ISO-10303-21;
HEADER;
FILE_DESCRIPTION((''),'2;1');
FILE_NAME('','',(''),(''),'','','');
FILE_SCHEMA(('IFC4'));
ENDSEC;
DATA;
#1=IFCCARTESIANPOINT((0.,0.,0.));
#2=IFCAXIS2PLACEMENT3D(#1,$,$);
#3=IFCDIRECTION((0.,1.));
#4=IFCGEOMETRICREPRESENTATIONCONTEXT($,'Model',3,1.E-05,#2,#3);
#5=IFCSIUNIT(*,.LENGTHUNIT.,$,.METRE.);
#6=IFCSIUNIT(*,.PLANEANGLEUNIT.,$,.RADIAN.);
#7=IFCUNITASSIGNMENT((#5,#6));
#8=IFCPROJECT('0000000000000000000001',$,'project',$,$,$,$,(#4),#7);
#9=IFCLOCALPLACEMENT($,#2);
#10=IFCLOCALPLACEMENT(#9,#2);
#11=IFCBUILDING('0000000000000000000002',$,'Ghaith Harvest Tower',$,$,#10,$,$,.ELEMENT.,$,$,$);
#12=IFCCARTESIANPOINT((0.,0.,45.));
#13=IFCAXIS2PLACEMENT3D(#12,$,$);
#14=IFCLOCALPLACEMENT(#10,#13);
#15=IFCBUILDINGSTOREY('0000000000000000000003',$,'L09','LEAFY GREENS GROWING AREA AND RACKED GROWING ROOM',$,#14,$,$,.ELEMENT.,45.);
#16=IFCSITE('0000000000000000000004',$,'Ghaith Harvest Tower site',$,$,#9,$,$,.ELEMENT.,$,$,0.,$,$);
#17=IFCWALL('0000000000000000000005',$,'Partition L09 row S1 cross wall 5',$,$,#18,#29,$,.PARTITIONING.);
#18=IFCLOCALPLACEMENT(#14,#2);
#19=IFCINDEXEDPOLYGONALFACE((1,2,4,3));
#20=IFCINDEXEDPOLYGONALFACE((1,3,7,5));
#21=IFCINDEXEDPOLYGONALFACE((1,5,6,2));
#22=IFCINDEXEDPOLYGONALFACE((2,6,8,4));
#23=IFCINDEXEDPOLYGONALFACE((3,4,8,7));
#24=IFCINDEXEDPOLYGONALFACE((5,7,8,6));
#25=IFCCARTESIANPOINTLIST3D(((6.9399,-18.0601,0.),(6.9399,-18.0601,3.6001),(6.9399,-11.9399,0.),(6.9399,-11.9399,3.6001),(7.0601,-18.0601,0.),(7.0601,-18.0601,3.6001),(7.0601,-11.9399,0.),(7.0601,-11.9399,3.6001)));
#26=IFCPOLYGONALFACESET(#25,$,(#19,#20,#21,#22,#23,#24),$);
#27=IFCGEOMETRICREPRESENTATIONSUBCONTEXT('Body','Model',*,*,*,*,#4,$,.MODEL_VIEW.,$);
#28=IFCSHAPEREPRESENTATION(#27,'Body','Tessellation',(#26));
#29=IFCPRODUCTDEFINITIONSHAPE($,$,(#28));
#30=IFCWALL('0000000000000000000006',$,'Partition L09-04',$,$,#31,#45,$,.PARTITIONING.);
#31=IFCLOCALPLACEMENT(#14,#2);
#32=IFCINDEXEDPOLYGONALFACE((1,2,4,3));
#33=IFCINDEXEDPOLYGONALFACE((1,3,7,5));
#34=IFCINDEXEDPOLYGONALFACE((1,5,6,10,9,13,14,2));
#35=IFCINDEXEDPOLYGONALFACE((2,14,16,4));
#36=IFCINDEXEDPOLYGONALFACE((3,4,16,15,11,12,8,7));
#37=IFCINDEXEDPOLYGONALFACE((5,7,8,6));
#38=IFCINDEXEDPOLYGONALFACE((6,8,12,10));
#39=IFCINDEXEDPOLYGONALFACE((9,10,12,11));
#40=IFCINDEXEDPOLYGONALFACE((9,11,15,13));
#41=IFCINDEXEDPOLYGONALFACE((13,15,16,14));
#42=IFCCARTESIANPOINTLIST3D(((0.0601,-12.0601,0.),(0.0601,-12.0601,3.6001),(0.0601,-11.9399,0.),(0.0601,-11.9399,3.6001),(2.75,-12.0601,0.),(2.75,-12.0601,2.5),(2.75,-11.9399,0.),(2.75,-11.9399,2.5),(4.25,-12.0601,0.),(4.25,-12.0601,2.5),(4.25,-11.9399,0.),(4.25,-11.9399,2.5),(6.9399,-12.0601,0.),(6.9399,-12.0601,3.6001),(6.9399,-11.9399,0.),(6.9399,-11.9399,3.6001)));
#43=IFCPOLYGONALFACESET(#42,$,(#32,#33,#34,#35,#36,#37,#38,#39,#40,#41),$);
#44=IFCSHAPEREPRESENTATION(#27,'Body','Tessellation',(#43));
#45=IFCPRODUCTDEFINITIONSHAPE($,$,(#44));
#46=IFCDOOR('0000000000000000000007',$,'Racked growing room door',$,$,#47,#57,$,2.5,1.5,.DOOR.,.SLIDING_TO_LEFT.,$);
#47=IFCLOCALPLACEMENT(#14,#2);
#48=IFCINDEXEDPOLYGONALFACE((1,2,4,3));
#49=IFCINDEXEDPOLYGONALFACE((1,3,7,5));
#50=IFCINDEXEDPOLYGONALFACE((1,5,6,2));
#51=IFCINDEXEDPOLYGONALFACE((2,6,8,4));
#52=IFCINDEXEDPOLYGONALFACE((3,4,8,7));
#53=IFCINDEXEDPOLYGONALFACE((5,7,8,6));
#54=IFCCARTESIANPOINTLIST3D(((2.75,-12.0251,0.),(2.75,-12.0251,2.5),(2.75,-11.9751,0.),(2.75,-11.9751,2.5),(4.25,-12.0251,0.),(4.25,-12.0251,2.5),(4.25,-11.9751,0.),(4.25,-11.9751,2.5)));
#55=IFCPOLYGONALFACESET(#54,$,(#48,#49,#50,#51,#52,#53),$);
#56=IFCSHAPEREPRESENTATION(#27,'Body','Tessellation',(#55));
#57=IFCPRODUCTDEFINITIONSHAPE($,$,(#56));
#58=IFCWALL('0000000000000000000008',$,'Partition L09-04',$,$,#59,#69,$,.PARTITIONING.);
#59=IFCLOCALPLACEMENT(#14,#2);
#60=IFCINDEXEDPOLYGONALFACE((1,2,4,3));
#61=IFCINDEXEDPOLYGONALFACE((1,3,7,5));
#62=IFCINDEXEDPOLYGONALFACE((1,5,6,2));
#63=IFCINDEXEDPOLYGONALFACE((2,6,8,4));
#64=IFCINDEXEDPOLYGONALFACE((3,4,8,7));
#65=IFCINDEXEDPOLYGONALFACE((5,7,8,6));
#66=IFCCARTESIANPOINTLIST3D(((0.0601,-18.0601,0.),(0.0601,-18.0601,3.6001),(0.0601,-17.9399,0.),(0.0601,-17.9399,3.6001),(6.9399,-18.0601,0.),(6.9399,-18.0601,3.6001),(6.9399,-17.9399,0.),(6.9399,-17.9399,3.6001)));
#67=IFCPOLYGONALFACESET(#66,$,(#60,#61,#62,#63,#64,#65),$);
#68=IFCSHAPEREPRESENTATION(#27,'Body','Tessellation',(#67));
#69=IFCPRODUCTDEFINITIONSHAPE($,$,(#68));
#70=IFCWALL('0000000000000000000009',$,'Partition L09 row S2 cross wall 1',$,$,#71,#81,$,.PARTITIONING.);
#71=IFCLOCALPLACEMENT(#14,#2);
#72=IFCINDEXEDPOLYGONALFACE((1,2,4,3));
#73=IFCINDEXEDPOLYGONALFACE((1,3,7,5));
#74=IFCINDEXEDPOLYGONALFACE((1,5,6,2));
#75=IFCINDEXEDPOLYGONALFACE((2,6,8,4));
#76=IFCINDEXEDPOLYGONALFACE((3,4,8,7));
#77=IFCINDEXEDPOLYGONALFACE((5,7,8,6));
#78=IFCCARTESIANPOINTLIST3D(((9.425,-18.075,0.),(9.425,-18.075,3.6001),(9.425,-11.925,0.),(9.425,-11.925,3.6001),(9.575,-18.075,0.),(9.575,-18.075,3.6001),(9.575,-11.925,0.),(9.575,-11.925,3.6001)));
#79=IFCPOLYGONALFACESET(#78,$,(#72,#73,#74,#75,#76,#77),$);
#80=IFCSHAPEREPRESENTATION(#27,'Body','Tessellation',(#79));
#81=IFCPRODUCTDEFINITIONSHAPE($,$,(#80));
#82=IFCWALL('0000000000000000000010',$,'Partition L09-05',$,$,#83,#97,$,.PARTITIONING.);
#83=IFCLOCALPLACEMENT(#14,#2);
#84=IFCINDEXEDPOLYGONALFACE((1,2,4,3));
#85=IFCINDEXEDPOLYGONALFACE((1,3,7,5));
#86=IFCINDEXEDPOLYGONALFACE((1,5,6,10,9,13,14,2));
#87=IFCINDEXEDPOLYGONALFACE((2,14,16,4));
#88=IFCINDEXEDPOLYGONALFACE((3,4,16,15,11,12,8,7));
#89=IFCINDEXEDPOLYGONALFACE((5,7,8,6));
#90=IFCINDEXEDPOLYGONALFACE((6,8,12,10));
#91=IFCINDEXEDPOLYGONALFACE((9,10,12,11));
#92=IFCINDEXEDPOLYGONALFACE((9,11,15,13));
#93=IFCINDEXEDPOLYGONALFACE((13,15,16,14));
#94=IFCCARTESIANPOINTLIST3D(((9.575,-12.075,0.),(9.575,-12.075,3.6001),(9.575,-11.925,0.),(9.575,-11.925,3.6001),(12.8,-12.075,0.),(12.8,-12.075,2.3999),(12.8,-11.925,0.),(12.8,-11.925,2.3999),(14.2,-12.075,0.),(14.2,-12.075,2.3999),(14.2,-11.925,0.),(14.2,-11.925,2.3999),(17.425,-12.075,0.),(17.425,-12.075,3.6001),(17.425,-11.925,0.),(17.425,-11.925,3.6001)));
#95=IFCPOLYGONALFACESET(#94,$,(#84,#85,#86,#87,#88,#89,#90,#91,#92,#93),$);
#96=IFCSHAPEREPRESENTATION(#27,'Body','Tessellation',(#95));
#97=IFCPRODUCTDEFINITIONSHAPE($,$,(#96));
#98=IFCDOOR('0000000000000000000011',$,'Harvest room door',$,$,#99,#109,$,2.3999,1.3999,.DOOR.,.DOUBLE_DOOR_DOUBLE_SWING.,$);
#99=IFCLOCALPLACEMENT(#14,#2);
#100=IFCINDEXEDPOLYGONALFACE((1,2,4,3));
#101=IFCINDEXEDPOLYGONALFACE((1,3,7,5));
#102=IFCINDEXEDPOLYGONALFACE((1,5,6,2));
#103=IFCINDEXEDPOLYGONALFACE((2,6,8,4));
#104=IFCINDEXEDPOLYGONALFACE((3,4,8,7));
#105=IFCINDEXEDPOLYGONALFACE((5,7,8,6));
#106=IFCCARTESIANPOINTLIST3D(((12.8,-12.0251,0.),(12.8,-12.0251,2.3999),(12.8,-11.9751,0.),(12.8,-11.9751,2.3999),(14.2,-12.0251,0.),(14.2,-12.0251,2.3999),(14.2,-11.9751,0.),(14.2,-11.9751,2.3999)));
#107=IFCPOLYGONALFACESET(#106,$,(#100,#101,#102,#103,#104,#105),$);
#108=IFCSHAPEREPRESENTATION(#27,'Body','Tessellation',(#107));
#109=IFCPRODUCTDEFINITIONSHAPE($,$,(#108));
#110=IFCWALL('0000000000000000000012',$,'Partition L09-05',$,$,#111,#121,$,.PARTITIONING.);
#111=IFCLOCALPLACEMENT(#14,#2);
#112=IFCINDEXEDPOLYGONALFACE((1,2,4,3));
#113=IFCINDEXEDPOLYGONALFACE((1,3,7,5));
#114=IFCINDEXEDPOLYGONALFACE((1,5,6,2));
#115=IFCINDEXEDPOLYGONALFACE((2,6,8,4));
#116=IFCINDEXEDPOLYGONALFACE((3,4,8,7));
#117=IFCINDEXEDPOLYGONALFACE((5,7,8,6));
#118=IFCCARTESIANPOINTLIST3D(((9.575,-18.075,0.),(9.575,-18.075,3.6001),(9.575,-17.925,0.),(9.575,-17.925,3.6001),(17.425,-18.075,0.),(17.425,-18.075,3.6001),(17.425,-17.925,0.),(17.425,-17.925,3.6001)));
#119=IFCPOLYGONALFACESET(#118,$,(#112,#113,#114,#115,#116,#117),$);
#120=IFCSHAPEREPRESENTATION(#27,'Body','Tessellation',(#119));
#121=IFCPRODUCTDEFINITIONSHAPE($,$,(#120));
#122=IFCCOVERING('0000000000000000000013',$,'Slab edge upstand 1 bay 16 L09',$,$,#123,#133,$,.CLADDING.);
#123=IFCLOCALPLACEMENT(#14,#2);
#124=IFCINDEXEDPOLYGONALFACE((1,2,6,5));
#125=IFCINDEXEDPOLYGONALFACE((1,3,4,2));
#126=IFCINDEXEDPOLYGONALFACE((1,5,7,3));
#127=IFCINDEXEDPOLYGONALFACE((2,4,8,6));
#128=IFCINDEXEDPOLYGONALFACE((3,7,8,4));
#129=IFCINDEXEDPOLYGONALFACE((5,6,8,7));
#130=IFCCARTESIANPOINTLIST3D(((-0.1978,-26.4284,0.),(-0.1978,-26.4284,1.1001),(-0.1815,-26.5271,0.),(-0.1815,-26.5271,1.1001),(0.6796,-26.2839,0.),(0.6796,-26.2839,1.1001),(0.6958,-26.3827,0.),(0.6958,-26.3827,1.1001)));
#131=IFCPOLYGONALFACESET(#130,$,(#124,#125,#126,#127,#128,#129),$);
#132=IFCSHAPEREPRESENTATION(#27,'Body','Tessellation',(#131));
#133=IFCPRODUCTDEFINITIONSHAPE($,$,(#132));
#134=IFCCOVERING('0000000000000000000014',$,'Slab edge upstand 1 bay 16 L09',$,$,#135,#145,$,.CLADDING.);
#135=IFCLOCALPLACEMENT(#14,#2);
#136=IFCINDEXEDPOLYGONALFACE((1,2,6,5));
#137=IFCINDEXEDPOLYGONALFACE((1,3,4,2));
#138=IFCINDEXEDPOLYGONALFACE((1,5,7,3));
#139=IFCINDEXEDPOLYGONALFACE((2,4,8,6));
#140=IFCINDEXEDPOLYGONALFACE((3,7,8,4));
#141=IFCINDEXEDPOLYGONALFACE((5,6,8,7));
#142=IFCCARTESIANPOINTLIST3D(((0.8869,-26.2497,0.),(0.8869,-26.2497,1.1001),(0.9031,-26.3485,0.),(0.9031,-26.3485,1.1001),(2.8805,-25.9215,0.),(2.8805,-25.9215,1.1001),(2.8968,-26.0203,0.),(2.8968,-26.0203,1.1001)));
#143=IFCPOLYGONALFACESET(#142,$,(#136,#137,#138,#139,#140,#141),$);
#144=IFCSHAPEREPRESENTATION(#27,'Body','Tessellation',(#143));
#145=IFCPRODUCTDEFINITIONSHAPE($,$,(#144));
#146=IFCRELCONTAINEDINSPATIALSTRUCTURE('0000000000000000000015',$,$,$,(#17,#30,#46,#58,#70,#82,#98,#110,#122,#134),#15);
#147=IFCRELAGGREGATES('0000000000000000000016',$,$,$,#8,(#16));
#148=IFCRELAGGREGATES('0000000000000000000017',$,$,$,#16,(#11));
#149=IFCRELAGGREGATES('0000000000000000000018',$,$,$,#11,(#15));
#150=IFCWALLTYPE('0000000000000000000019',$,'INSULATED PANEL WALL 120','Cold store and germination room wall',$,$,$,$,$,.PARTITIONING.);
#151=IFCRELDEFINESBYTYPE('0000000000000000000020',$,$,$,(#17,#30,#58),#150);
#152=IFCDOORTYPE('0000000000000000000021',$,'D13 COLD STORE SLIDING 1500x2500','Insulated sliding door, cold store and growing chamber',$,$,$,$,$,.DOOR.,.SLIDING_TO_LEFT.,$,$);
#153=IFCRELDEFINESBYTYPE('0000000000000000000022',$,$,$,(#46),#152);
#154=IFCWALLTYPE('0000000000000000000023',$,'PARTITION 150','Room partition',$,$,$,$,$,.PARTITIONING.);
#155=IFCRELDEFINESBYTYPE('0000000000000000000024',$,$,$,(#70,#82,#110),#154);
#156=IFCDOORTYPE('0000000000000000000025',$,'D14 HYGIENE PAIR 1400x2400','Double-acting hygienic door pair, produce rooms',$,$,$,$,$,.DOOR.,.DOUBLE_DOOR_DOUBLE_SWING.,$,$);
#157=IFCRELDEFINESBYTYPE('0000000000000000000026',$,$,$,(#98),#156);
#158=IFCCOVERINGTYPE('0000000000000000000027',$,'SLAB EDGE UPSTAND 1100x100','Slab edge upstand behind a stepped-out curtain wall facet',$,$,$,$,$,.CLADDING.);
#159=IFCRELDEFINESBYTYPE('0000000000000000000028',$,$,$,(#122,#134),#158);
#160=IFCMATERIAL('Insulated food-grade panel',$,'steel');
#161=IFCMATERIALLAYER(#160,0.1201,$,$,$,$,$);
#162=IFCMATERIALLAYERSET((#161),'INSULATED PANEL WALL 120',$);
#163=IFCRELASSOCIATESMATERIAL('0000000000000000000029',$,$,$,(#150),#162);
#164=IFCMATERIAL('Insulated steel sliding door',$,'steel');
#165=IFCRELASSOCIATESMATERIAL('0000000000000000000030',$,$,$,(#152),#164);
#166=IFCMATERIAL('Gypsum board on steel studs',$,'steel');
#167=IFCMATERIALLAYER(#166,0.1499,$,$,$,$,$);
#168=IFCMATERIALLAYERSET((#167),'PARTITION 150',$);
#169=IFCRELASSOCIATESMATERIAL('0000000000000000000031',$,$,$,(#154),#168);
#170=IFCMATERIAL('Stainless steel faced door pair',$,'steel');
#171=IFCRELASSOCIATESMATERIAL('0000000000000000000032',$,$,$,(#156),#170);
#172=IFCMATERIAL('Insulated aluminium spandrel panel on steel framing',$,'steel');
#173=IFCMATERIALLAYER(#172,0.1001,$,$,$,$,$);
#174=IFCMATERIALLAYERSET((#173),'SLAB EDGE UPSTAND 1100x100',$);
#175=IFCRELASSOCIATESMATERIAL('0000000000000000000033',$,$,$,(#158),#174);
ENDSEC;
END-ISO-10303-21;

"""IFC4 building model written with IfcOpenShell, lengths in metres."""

from ifc_helpers import new_model, si_unit, direction, frame, frame_2d, origin, origin_2d, place, context, subcontext, project, spatial, rectangle, extrude, material, layer, layer_set, type_object, element, fill, save


model = new_model("IFC4")

# Units and contexts
model_context = context("Model", 3, precision=1e-05, world=origin(), true_north=direction((0.0, 1.0)))
body_context = subcontext(model_context, "Body", "Model", "MODEL_VIEW")
ifc_project = project(units=[si_unit("LENGTHUNIT", "METRE"), si_unit("PLANEANGLEUNIT", "RADIAN")], contexts=[model_context])

# Site, building, storey
site_placement = place(None, origin())
site = spatial("IfcSite", under=ifc_project, at=site_placement, Name="Ghaith Harvest Tower site", CompositionType="ELEMENT", RefElevation=0.0)
building_placement = place(site_placement, origin())
building = spatial("IfcBuilding", under=site, at=building_placement, Name="Ghaith Harvest Tower", CompositionType="ELEMENT")
storey_placement = place(building_placement, frame((0.0, 0.0, 45.0)))
storey = spatial("IfcBuildingStorey", under=building, at=storey_placement, Name="L09", Description="LEAFY GREENS GROWING AREA AND RACKED GROWING ROOM", CompositionType="ELEMENT", Elevation=45.0)

# Wall
ifc_material_1 = material(Name="Insulated food-grade panel", Category="steel")
ifc_layer_1 = layer(ifc_material_1, 0.1201)
ifc_layer_set_1 = layer_set([ifc_layer_1], Name="INSULATED PANEL WALL 120")
wall_type_1 = type_object("IfcWallType", Name="INSULATED PANEL WALL 120", Description="Cold store and germination room wall", PredefinedType="PARTITIONING", material=ifc_layer_set_1)
for number, where, z_axis, x_axis, name in (
    (1, (7.0, -11.9399, 0.0), (0.0, 0.0, 1.0), (0.0, -1.0, 0.0), "Partition L09 row S1 cross wall 5"),
):
    element("IfcWall", number, at=place(storey_placement, frame(where, z_axis=z_axis, x_axis=x_axis)), inside=storey, type_object=wall_type_1, Name=name, PredefinedType="PARTITIONING", context=body_context, shape_type="SweptSolid", body=[
        extrude(rectangle(XDim=6.1201, YDim=0.1201, at=frame_2d((3.0601, 0.0))), origin(), (0.0, 0.0, 1.0), 3.6001),
    ])

# Wall, opening, door
wall_1_placement = place(storey_placement, frame((0.0601, -12.0, 0.0), z_axis=(0.0, 0.0, 1.0), x_axis=(1.0, 0.0, 0.0)))
wall_1 = element("IfcWall", 2, at=wall_1_placement, inside=storey, type_object=wall_type_1, Name="Partition L09-04", PredefinedType="PARTITIONING", context=body_context, shape_type="SweptSolid", body=[
    extrude(rectangle(XDim=6.8799, YDim=0.1201, at=frame_2d((3.4399, 0.0))), origin(), (0.0, 0.0, 1.0), 3.6001),
])
opening_1_placement = place(wall_1_placement, frame((2.6899, 0.0, 0.0)))
opening_1 = element("IfcOpeningElement", 3, at=opening_1_placement, cuts=wall_1, PredefinedType="OPENING", context=body_context, shape_type="SweptSolid", body=[
    extrude(rectangle(XDim=1.5, YDim=2.5, at=frame_2d((0.75, 1.25))), frame((0.0, 0.0701, 0.0), z_axis=(0.0, -1.0, 0.0), x_axis=(1.0, 0.0, 0.0)), (0.0, 0.0, 1.0), 0.1401),
])
ifc_material_2 = material(Name="Insulated steel sliding door", Category="steel")
door_type_1 = type_object("IfcDoorType", Name="D13 COLD STORE SLIDING 1500x2500", Description="Insulated sliding door, cold store and growing chamber", OperationType="SLIDING_TO_LEFT", PredefinedType="DOOR", material=ifc_material_2)
door_1_placement = place(opening_1_placement, origin())
door_1 = element("IfcDoor", 4, at=door_1_placement, inside=storey, type_object=door_type_1, Name="Racked growing room door", OperationType="SLIDING_TO_LEFT", OverallHeight=2.5, OverallWidth=1.5, PredefinedType="DOOR", context=body_context, shape_type="SweptSolid", body=[
    extrude(rectangle(XDim=1.5, YDim=2.5, at=frame_2d((0.75, 1.25))), frame((0.0, 0.0249, 0.0), z_axis=(0.0, -1.0, 0.0), x_axis=(1.0, 0.0, 0.0)), (0.0, 0.0, 1.0), 0.05),
])
fill(opening_1, door_1)

# Walls
wall_2_placement = place(storey_placement, frame((0.0601, -18.0, 0.0), z_axis=(0.0, 0.0, 1.0), x_axis=(1.0, 0.0, 0.0)))
element("IfcWall", 5, at=wall_2_placement, inside=storey, type_object=wall_type_1, Name="Partition L09-04", PredefinedType="PARTITIONING", context=body_context, shape_type="SweptSolid", body=[
    extrude(rectangle(XDim=6.8799, YDim=0.1201, at=frame_2d((3.4399, 0.0))), origin(), (0.0, 0.0, 1.0), 3.6001),
])
ifc_material_3 = material(Name="Gypsum board on steel studs", Category="steel")
ifc_layer_2 = layer(ifc_material_3, 0.1499)
ifc_layer_set_2 = layer_set([ifc_layer_2], Name="PARTITION 150")
wall_type_2 = type_object("IfcWallType", Name="PARTITION 150", Description="Room partition", PredefinedType="PARTITIONING", material=ifc_layer_set_2)
wall_3_placement = place(storey_placement, frame((9.5, -11.925, 0.0), z_axis=(0.0, 0.0, 1.0), x_axis=(0.0, -1.0, 0.0)))
element("IfcWall", 6, at=wall_3_placement, inside=storey, type_object=wall_type_2, Name="Partition L09 row S2 cross wall 1", PredefinedType="PARTITIONING", context=body_context, shape_type="SweptSolid", body=[
    extrude(rectangle(XDim=6.1499, YDim=0.1499, at=frame_2d((3.075, 0.0))), origin(), (0.0, 0.0, 1.0), 3.6001),
])

# Wall, opening, door
wall_4_placement = place(storey_placement, frame((9.575, -12.0, 0.0), z_axis=(0.0, 0.0, 1.0), x_axis=(1.0, 0.0, 0.0)))
wall_4 = element("IfcWall", 7, at=wall_4_placement, inside=storey, type_object=wall_type_2, Name="Partition L09-05", PredefinedType="PARTITIONING", context=body_context, shape_type="SweptSolid", body=[
    extrude(rectangle(XDim=7.8501, YDim=0.1499, at=frame_2d((3.925, 0.0))), origin(), (0.0, 0.0, 1.0), 3.6001),
])
opening_2_placement = place(wall_4_placement, frame((3.2251, 0.0, 0.0)))
opening_2 = element("IfcOpeningElement", 8, at=opening_2_placement, cuts=wall_4, PredefinedType="OPENING", context=body_context, shape_type="SweptSolid", body=[
    extrude(rectangle(XDim=1.3999, YDim=2.3999, at=frame_2d((0.7, 1.2))), frame((0.0, 0.085, 0.0), z_axis=(0.0, -1.0, 0.0), x_axis=(1.0, 0.0, 0.0)), (0.0, 0.0, 1.0), 0.1699),
])
ifc_material_4 = material(Name="Stainless steel faced door pair", Category="steel")
door_type_2 = type_object("IfcDoorType", Name="D14 HYGIENE PAIR 1400x2400", Description="Double-acting hygienic door pair, produce rooms", OperationType="DOUBLE_DOOR_DOUBLE_SWING", PredefinedType="DOOR", material=ifc_material_4)
door_2_placement = place(opening_2_placement, origin())
door_2 = element("IfcDoor", 9, at=door_2_placement, inside=storey, type_object=door_type_2, Name="Harvest room door", OperationType="DOUBLE_DOOR_DOUBLE_SWING", OverallHeight=2.3999, OverallWidth=1.3999, PredefinedType="DOOR", context=body_context, shape_type="SweptSolid", body=[
    extrude(rectangle(XDim=1.3999, YDim=2.3999, at=frame_2d((0.7, 1.2))), frame((0.0, 0.0249, 0.0), z_axis=(0.0, -1.0, 0.0), x_axis=(1.0, 0.0, 0.0)), (0.0, 0.0, 1.0), 0.05),
])
fill(opening_2, door_2)

# Wall
wall_5_placement = place(storey_placement, frame((9.575, -18.0, 0.0), z_axis=(0.0, 0.0, 1.0), x_axis=(1.0, 0.0, 0.0)))
element("IfcWall", 10, at=wall_5_placement, inside=storey, type_object=wall_type_2, Name="Partition L09-05", PredefinedType="PARTITIONING", context=body_context, shape_type="SweptSolid", body=[
    extrude(rectangle(XDim=7.8501, YDim=0.1499, at=frame_2d((3.925, 0.0))), origin(), (0.0, 0.0, 1.0), 3.6001),
])

# Coverings
ifc_material_5 = material(Name="Insulated aluminium spandrel panel on steel framing", Category="steel")
ifc_layer_3 = layer(ifc_material_5, 0.1001)
ifc_layer_set_3 = layer_set([ifc_layer_3], Name="SLAB EDGE UPSTAND 1100x100")
covering_type = type_object("IfcCoveringType", Name="SLAB EDGE UPSTAND 1100x100", Description="Slab edge upstand behind a stepped-out curtain wall facet", PredefinedType="CLADDING", material=ifc_layer_set_3)
covering_1_placement = place(storey_placement, frame((0.249, -26.4055, 0.0), z_axis=(0.0, 0.0, 1.0), x_axis=(0.986716, 0.162453, 0.0)))
element("IfcCovering", 11, at=covering_1_placement, inside=storey, type_object=covering_type, Name="Slab edge upstand 1 bay 16 L09", PredefinedType="CLADDING", context=body_context, shape_type="SweptSolid", body=[
    extrude(rectangle(XDim=0.8892, YDim=0.1001, at=origin_2d()), origin(), (0.0, 0.0, 1.0), 1.1001),
])
covering_2_placement = place(storey_placement, frame((1.8918, -26.135, 0.0), z_axis=(0.0, 0.0, 1.0), x_axis=(0.986716, 0.162453, 0.0)))
element("IfcCovering", 12, at=covering_2_placement, inside=storey, type_object=covering_type, Name="Slab edge upstand 1 bay 16 L09", PredefinedType="CLADDING", context=body_context, shape_type="SweptSolid", body=[
    extrude(rectangle(XDim=2.0205, YDim=0.1001, at=origin_2d()), origin(), (0.0, 0.0, 1.0), 1.1001),
])

save(model, "model.ifc")
